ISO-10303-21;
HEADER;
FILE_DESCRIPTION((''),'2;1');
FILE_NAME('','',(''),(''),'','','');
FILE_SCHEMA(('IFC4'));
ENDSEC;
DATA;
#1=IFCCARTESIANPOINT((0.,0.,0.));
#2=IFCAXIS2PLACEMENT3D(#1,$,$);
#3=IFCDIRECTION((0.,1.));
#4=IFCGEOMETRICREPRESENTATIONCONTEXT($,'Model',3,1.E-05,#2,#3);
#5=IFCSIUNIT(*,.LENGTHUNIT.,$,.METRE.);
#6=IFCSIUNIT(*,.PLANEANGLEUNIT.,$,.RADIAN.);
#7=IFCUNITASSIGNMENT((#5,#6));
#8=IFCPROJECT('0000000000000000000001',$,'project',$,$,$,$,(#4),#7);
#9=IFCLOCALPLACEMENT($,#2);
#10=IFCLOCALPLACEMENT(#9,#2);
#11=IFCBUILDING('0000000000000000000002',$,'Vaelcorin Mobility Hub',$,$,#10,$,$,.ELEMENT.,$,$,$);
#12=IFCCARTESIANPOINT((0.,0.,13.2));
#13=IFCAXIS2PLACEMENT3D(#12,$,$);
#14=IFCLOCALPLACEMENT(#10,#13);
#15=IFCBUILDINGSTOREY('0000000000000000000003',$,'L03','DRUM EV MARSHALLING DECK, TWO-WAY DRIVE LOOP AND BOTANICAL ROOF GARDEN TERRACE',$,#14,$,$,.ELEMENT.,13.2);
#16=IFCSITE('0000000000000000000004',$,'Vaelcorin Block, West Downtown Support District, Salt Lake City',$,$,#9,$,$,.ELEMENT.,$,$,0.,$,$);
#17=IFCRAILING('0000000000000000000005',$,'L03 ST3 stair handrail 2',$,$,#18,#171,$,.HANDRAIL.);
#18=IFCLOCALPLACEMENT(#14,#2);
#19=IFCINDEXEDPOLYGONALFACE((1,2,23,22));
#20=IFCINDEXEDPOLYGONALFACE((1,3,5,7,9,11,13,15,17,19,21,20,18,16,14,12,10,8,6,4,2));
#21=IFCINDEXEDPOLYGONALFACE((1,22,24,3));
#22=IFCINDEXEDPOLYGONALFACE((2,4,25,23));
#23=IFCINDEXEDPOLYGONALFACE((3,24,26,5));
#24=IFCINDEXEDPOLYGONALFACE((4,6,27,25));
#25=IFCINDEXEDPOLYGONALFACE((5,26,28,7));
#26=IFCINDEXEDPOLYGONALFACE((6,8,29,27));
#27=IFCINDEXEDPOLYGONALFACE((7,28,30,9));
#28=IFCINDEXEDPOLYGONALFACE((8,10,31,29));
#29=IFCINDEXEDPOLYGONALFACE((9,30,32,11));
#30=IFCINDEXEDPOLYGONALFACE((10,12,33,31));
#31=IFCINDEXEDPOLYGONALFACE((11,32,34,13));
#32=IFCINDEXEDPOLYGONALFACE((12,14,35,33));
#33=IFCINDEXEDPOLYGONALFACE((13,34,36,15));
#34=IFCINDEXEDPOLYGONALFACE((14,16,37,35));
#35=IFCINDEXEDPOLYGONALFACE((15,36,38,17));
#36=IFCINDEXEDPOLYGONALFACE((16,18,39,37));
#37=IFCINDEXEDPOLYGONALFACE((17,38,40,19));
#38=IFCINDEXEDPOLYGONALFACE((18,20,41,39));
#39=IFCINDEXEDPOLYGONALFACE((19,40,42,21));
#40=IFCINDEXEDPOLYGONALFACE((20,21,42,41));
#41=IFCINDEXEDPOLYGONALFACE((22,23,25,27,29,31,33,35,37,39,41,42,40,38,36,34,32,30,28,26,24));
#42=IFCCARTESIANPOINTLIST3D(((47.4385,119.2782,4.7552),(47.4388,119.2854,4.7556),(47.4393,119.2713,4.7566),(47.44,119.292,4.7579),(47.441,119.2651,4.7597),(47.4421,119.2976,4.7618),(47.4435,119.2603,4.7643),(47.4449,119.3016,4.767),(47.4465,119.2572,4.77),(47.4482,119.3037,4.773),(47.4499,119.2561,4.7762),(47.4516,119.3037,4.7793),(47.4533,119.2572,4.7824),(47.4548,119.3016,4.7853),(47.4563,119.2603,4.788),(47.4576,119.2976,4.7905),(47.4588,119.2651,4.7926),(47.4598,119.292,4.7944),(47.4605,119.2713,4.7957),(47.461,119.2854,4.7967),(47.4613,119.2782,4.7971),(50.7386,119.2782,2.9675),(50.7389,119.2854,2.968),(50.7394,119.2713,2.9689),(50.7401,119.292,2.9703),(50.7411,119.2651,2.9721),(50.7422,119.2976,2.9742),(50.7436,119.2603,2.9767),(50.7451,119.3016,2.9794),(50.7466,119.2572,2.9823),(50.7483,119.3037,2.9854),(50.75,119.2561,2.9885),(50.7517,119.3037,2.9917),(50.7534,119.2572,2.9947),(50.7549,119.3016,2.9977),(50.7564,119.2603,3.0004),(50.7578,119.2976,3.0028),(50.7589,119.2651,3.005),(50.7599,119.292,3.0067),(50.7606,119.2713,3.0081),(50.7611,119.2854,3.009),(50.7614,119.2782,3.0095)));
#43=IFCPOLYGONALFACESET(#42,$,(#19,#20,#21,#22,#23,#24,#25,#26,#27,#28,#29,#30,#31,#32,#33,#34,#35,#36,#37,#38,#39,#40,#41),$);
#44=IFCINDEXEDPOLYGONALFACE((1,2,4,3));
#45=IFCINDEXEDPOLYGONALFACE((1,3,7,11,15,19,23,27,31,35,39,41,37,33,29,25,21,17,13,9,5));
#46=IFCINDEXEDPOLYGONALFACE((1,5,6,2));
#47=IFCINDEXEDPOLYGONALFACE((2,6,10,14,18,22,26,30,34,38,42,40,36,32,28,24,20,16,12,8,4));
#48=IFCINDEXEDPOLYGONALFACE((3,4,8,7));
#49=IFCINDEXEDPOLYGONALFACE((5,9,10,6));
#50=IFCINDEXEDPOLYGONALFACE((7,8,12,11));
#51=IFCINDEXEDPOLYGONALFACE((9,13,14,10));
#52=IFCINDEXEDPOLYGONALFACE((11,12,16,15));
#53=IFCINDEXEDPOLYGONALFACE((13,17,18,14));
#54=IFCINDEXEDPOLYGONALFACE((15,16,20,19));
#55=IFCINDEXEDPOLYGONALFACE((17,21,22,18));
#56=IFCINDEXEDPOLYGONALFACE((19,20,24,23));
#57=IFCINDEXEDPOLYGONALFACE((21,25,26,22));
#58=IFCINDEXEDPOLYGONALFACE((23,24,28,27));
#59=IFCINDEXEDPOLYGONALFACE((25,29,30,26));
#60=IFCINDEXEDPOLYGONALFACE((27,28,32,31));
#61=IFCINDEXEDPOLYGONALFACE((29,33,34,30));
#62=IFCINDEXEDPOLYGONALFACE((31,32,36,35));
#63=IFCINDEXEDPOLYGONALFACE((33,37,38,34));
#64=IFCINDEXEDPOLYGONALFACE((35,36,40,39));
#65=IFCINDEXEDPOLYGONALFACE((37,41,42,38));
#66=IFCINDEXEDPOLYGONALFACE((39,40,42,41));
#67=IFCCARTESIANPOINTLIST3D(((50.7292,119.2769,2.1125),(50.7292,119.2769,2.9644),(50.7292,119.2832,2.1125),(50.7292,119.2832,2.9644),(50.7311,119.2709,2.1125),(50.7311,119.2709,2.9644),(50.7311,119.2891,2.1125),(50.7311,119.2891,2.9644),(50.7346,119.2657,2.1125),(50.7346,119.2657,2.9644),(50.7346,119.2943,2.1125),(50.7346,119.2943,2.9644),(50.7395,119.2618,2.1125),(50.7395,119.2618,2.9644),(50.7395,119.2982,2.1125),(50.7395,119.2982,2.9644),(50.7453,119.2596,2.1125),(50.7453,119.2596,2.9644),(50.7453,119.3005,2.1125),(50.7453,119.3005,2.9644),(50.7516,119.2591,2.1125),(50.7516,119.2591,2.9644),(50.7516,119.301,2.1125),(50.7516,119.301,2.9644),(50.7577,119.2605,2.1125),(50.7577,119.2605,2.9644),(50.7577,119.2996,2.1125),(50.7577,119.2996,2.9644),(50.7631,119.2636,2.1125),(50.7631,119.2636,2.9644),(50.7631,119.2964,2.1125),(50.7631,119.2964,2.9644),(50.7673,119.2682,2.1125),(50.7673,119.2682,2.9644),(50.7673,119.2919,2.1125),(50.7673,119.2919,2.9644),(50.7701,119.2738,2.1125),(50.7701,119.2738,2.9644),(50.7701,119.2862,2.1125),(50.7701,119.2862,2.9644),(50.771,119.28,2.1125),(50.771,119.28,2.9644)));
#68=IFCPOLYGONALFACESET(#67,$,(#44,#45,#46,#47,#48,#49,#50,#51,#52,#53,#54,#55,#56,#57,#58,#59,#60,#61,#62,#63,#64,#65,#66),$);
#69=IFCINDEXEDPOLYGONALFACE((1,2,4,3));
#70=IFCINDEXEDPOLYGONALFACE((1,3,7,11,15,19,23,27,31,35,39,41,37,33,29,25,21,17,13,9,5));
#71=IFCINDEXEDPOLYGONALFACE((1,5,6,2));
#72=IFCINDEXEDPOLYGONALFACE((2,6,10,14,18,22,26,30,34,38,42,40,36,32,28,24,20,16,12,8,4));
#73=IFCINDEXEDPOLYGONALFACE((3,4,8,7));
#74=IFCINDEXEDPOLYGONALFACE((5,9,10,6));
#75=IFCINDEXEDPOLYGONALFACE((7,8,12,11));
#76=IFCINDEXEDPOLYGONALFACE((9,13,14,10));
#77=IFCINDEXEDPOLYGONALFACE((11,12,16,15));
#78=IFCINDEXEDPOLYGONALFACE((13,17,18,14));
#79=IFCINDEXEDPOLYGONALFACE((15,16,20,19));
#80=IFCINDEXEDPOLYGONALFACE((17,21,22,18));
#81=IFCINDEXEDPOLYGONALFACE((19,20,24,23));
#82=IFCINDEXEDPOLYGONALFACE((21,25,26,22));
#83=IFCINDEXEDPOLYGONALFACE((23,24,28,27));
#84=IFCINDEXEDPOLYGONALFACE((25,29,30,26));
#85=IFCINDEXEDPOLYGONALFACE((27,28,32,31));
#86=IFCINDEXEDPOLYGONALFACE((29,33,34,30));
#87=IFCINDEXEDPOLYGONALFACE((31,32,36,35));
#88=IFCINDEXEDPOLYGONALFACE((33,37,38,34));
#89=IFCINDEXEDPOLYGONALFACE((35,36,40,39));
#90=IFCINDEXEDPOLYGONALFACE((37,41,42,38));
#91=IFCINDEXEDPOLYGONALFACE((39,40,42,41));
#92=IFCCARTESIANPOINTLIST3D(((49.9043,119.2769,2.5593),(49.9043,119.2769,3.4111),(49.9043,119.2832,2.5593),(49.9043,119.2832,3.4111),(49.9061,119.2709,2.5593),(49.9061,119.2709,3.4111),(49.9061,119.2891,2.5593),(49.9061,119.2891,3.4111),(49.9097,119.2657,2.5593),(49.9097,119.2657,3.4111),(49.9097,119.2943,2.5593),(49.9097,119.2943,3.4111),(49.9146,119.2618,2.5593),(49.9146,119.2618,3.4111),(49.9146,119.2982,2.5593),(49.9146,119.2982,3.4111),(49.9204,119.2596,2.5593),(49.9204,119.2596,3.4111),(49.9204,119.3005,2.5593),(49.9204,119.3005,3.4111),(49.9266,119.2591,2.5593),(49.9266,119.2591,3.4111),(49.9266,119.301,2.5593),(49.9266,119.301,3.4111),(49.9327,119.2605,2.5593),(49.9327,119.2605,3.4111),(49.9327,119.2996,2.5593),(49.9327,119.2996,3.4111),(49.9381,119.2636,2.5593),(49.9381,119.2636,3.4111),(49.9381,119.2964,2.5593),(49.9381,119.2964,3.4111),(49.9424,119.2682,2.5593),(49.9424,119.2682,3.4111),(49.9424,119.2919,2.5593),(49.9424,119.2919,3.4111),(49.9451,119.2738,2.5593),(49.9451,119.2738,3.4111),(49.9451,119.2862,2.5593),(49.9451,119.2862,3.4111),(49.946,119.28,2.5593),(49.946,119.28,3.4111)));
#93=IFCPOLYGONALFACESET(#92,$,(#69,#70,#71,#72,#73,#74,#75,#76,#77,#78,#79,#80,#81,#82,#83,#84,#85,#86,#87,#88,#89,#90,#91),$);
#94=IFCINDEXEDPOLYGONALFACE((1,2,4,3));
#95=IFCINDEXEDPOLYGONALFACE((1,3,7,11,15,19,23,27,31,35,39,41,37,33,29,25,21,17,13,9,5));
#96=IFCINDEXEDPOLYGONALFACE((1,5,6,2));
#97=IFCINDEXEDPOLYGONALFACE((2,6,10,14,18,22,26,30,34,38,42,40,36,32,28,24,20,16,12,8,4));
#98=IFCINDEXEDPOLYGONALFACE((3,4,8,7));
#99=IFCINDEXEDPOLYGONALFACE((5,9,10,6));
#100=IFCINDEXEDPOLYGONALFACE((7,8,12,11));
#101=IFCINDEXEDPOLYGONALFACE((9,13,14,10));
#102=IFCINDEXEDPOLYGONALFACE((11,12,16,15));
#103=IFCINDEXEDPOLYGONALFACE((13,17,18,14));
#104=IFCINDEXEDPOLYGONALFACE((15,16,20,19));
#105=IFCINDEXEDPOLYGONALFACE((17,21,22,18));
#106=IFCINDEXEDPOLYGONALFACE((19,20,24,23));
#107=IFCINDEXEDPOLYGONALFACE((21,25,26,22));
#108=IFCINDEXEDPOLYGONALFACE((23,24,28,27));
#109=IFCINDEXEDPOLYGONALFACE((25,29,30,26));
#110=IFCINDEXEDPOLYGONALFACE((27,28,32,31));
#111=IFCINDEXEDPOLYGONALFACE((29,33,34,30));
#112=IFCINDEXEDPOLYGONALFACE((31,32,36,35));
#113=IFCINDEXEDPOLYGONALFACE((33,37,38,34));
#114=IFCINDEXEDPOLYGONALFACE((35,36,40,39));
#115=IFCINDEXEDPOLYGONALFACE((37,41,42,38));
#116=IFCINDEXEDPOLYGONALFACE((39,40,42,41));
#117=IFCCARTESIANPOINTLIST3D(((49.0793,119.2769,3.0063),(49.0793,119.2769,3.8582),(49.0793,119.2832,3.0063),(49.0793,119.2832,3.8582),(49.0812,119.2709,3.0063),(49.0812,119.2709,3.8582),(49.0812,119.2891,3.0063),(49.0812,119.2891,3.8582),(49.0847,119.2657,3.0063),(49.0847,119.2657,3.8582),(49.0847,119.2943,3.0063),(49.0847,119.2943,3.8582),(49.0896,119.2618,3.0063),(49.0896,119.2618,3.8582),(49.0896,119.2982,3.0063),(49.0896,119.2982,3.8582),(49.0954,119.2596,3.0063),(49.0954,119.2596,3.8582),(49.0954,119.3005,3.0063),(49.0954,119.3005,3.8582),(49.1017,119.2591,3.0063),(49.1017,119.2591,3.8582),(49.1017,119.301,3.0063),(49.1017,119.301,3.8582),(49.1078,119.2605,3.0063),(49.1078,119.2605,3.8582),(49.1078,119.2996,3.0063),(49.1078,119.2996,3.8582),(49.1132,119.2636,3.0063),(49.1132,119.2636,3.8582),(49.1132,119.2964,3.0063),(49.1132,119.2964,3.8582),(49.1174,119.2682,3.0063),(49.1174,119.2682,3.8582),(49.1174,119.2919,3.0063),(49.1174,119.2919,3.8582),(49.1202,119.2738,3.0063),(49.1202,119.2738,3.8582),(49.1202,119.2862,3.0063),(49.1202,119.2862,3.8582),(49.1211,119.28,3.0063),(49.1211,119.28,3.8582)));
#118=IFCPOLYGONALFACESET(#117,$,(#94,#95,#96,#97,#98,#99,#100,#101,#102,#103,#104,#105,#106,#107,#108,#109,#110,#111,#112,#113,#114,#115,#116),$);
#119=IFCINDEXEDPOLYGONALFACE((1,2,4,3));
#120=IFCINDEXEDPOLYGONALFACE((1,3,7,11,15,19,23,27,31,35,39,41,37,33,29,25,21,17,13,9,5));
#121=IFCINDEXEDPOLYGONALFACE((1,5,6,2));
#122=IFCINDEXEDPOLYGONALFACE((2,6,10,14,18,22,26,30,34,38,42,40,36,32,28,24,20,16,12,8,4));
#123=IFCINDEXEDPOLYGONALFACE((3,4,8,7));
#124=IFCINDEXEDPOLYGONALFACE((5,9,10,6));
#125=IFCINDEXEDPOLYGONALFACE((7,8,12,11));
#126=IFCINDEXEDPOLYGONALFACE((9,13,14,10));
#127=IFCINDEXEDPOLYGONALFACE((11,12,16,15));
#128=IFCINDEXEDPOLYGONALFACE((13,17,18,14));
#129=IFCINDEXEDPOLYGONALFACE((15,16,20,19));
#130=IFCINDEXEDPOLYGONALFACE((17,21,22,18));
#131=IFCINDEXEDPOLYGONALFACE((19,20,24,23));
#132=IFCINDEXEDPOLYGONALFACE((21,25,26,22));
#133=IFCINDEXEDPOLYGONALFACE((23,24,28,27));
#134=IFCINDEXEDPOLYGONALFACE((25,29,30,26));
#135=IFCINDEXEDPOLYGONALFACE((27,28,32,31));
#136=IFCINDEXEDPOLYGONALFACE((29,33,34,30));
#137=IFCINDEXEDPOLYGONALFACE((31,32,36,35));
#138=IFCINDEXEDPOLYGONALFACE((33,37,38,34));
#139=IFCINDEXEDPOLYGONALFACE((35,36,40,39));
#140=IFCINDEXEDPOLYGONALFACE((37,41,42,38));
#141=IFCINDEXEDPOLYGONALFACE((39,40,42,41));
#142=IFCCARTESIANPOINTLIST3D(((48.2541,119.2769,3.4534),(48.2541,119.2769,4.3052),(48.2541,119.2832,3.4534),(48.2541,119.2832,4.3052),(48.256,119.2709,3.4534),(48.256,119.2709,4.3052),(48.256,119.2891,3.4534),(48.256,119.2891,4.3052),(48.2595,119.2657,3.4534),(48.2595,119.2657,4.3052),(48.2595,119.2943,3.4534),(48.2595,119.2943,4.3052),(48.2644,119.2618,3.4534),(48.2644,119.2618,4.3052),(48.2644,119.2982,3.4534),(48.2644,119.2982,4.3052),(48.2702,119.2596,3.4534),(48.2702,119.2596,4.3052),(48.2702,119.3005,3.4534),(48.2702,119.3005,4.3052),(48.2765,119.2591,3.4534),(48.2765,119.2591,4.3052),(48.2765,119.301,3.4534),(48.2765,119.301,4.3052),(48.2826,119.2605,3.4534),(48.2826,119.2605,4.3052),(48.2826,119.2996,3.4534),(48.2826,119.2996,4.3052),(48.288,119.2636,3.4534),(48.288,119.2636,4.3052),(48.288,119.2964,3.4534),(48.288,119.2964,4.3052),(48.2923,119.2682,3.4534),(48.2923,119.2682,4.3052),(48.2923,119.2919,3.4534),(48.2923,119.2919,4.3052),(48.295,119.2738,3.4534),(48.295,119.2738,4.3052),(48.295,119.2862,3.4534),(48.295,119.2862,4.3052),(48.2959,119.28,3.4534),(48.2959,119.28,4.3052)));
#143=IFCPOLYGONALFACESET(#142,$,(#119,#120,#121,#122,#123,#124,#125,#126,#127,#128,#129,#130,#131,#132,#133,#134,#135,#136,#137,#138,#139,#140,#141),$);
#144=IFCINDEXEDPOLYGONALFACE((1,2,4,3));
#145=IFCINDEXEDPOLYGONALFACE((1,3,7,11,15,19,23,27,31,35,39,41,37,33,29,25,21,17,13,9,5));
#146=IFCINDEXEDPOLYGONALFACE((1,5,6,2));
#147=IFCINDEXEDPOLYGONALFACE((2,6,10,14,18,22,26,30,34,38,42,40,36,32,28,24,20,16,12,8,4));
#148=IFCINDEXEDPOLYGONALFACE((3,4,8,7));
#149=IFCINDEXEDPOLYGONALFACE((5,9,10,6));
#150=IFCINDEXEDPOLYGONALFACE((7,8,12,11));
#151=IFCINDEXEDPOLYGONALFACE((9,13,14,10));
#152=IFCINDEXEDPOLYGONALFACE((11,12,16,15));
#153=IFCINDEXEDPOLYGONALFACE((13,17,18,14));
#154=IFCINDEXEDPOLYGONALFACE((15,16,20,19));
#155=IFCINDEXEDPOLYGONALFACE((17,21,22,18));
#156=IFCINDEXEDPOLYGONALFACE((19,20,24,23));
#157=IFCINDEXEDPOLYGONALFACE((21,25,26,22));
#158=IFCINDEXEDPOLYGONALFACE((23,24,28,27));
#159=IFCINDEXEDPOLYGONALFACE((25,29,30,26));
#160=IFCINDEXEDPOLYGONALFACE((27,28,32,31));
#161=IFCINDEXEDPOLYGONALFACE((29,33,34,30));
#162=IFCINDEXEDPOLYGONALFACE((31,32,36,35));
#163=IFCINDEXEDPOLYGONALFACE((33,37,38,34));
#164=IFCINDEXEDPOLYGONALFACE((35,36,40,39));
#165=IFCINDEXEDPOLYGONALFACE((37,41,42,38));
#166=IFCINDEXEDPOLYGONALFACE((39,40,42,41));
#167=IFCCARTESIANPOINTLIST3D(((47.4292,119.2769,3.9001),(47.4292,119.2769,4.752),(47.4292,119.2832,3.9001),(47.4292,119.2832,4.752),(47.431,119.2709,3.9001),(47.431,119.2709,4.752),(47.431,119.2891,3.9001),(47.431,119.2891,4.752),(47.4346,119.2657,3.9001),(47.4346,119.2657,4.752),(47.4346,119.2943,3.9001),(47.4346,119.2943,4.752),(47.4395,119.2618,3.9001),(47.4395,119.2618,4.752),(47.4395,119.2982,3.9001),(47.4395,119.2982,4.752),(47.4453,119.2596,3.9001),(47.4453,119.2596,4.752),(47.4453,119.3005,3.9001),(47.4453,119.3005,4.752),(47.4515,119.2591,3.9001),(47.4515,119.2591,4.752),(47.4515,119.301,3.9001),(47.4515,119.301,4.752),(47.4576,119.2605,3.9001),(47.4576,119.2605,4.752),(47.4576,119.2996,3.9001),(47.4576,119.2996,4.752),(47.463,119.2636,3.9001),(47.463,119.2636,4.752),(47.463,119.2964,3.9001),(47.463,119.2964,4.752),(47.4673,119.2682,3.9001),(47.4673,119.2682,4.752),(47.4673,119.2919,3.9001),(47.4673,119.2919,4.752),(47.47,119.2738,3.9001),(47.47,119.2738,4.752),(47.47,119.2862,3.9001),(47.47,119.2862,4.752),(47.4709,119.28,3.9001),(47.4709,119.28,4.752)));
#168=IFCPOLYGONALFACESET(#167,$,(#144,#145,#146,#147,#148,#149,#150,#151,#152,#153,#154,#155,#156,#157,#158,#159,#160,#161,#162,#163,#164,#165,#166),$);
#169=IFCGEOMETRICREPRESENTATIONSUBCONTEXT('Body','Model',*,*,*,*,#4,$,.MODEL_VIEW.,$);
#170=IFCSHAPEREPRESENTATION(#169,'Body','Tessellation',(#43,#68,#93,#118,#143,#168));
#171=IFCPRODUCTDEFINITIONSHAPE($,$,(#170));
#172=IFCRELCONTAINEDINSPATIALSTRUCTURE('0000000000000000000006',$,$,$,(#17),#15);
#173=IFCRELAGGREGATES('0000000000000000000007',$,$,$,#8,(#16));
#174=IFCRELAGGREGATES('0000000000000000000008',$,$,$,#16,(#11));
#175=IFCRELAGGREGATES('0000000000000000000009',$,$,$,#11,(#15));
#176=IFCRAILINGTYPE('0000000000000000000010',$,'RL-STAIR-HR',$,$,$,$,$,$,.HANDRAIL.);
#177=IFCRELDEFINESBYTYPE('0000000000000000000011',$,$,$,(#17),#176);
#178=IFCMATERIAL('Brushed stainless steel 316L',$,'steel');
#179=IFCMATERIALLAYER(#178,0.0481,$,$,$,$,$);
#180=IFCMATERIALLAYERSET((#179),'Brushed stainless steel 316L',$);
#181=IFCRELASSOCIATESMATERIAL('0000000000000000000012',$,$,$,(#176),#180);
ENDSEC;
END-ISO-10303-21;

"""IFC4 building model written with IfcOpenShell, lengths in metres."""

from ifc_helpers import new_model, si_unit, direction, frame, origin, origin_2d, place, context, subcontext, project, spatial, circle, extrude, material, layer, layer_set, type_object, element, save


model = new_model("IFC4")

# Units and contexts
model_context = context("Model", 3, precision=1e-05, world=origin(), true_north=direction((0.0, 1.0)))
body_context = subcontext(model_context, "Body", "Model", "MODEL_VIEW")
ifc_project = project(units=[si_unit("LENGTHUNIT", "METRE"), si_unit("PLANEANGLEUNIT", "RADIAN")], contexts=[model_context])

# Site, building, storey
site_placement = place(None, origin())
site = spatial("IfcSite", under=ifc_project, at=site_placement, Name="Vaelcorin Block, West Downtown Support District, Salt Lake City", CompositionType="ELEMENT", RefElevation=0.0)
building_placement = place(site_placement, origin())
building = spatial("IfcBuilding", under=site, at=building_placement, Name="Vaelcorin Mobility Hub", CompositionType="ELEMENT")
storey_placement = place(building_placement, frame((0.0, 0.0, 13.2)))
storey = spatial("IfcBuildingStorey", under=building, at=storey_placement, Name="L03", Description="DRUM EV MARSHALLING DECK, TWO-WAY DRIVE LOOP AND BOTANICAL ROOF GARDEN TERRACE", CompositionType="ELEMENT", Elevation=13.2)

# Railing
ifc_material_1 = material(Name="Brushed stainless steel 316L", Category="steel")
ifc_layer_1 = layer(ifc_material_1, 0.0481)
ifc_layer_set_1 = layer_set([ifc_layer_1], Name="Brushed stainless steel 316L")
railing_type_1 = type_object("IfcRailingType", Name="RL-STAIR-HR", PredefinedType="HANDRAIL", material=ifc_layer_set_1)
railing_1_placement = place(storey_placement, frame((50.75, 119.28, 2.1125)))
element("IfcRailing", 1, at=railing_1_placement, inside=storey, type_object=railing_type_1, Name="L03 ST3 stair handrail 2", PredefinedType="HANDRAIL", context=body_context, shape_type="SweptSolid", body=[
    extrude(circle(Radius=0.0239, at=origin_2d()), frame((0.0, 0.0, 0.876), z_axis=(-0.879284, 0.0, 0.476298), x_axis=(0.0, -1.0, 0.0)), (0.0, 0.0, 1.0), 3.7532),
    extrude(circle(Radius=0.021, at=origin_2d()), origin(), (0.0, 0.0, 1.0), 0.8518),
    extrude(circle(Radius=0.021, at=origin_2d()), frame((-0.825, 0.0, 0.4468)), (0.0, 0.0, 1.0), 0.8518),
    extrude(circle(Radius=0.021, at=origin_2d()), frame((-1.6499, 0.0, 0.8938)), (0.0, 0.0, 1.0), 0.8518),
    extrude(circle(Radius=0.021, at=origin_2d()), frame((-2.4751, 0.0, 1.3408)), (0.0, 0.0, 1.0), 0.8518),
    extrude(circle(Radius=0.021, at=origin_2d()), frame((-3.3, 0.0, 1.7876)), (0.0, 0.0, 1.0), 0.8518),
])

save(model, "model.ifc")
